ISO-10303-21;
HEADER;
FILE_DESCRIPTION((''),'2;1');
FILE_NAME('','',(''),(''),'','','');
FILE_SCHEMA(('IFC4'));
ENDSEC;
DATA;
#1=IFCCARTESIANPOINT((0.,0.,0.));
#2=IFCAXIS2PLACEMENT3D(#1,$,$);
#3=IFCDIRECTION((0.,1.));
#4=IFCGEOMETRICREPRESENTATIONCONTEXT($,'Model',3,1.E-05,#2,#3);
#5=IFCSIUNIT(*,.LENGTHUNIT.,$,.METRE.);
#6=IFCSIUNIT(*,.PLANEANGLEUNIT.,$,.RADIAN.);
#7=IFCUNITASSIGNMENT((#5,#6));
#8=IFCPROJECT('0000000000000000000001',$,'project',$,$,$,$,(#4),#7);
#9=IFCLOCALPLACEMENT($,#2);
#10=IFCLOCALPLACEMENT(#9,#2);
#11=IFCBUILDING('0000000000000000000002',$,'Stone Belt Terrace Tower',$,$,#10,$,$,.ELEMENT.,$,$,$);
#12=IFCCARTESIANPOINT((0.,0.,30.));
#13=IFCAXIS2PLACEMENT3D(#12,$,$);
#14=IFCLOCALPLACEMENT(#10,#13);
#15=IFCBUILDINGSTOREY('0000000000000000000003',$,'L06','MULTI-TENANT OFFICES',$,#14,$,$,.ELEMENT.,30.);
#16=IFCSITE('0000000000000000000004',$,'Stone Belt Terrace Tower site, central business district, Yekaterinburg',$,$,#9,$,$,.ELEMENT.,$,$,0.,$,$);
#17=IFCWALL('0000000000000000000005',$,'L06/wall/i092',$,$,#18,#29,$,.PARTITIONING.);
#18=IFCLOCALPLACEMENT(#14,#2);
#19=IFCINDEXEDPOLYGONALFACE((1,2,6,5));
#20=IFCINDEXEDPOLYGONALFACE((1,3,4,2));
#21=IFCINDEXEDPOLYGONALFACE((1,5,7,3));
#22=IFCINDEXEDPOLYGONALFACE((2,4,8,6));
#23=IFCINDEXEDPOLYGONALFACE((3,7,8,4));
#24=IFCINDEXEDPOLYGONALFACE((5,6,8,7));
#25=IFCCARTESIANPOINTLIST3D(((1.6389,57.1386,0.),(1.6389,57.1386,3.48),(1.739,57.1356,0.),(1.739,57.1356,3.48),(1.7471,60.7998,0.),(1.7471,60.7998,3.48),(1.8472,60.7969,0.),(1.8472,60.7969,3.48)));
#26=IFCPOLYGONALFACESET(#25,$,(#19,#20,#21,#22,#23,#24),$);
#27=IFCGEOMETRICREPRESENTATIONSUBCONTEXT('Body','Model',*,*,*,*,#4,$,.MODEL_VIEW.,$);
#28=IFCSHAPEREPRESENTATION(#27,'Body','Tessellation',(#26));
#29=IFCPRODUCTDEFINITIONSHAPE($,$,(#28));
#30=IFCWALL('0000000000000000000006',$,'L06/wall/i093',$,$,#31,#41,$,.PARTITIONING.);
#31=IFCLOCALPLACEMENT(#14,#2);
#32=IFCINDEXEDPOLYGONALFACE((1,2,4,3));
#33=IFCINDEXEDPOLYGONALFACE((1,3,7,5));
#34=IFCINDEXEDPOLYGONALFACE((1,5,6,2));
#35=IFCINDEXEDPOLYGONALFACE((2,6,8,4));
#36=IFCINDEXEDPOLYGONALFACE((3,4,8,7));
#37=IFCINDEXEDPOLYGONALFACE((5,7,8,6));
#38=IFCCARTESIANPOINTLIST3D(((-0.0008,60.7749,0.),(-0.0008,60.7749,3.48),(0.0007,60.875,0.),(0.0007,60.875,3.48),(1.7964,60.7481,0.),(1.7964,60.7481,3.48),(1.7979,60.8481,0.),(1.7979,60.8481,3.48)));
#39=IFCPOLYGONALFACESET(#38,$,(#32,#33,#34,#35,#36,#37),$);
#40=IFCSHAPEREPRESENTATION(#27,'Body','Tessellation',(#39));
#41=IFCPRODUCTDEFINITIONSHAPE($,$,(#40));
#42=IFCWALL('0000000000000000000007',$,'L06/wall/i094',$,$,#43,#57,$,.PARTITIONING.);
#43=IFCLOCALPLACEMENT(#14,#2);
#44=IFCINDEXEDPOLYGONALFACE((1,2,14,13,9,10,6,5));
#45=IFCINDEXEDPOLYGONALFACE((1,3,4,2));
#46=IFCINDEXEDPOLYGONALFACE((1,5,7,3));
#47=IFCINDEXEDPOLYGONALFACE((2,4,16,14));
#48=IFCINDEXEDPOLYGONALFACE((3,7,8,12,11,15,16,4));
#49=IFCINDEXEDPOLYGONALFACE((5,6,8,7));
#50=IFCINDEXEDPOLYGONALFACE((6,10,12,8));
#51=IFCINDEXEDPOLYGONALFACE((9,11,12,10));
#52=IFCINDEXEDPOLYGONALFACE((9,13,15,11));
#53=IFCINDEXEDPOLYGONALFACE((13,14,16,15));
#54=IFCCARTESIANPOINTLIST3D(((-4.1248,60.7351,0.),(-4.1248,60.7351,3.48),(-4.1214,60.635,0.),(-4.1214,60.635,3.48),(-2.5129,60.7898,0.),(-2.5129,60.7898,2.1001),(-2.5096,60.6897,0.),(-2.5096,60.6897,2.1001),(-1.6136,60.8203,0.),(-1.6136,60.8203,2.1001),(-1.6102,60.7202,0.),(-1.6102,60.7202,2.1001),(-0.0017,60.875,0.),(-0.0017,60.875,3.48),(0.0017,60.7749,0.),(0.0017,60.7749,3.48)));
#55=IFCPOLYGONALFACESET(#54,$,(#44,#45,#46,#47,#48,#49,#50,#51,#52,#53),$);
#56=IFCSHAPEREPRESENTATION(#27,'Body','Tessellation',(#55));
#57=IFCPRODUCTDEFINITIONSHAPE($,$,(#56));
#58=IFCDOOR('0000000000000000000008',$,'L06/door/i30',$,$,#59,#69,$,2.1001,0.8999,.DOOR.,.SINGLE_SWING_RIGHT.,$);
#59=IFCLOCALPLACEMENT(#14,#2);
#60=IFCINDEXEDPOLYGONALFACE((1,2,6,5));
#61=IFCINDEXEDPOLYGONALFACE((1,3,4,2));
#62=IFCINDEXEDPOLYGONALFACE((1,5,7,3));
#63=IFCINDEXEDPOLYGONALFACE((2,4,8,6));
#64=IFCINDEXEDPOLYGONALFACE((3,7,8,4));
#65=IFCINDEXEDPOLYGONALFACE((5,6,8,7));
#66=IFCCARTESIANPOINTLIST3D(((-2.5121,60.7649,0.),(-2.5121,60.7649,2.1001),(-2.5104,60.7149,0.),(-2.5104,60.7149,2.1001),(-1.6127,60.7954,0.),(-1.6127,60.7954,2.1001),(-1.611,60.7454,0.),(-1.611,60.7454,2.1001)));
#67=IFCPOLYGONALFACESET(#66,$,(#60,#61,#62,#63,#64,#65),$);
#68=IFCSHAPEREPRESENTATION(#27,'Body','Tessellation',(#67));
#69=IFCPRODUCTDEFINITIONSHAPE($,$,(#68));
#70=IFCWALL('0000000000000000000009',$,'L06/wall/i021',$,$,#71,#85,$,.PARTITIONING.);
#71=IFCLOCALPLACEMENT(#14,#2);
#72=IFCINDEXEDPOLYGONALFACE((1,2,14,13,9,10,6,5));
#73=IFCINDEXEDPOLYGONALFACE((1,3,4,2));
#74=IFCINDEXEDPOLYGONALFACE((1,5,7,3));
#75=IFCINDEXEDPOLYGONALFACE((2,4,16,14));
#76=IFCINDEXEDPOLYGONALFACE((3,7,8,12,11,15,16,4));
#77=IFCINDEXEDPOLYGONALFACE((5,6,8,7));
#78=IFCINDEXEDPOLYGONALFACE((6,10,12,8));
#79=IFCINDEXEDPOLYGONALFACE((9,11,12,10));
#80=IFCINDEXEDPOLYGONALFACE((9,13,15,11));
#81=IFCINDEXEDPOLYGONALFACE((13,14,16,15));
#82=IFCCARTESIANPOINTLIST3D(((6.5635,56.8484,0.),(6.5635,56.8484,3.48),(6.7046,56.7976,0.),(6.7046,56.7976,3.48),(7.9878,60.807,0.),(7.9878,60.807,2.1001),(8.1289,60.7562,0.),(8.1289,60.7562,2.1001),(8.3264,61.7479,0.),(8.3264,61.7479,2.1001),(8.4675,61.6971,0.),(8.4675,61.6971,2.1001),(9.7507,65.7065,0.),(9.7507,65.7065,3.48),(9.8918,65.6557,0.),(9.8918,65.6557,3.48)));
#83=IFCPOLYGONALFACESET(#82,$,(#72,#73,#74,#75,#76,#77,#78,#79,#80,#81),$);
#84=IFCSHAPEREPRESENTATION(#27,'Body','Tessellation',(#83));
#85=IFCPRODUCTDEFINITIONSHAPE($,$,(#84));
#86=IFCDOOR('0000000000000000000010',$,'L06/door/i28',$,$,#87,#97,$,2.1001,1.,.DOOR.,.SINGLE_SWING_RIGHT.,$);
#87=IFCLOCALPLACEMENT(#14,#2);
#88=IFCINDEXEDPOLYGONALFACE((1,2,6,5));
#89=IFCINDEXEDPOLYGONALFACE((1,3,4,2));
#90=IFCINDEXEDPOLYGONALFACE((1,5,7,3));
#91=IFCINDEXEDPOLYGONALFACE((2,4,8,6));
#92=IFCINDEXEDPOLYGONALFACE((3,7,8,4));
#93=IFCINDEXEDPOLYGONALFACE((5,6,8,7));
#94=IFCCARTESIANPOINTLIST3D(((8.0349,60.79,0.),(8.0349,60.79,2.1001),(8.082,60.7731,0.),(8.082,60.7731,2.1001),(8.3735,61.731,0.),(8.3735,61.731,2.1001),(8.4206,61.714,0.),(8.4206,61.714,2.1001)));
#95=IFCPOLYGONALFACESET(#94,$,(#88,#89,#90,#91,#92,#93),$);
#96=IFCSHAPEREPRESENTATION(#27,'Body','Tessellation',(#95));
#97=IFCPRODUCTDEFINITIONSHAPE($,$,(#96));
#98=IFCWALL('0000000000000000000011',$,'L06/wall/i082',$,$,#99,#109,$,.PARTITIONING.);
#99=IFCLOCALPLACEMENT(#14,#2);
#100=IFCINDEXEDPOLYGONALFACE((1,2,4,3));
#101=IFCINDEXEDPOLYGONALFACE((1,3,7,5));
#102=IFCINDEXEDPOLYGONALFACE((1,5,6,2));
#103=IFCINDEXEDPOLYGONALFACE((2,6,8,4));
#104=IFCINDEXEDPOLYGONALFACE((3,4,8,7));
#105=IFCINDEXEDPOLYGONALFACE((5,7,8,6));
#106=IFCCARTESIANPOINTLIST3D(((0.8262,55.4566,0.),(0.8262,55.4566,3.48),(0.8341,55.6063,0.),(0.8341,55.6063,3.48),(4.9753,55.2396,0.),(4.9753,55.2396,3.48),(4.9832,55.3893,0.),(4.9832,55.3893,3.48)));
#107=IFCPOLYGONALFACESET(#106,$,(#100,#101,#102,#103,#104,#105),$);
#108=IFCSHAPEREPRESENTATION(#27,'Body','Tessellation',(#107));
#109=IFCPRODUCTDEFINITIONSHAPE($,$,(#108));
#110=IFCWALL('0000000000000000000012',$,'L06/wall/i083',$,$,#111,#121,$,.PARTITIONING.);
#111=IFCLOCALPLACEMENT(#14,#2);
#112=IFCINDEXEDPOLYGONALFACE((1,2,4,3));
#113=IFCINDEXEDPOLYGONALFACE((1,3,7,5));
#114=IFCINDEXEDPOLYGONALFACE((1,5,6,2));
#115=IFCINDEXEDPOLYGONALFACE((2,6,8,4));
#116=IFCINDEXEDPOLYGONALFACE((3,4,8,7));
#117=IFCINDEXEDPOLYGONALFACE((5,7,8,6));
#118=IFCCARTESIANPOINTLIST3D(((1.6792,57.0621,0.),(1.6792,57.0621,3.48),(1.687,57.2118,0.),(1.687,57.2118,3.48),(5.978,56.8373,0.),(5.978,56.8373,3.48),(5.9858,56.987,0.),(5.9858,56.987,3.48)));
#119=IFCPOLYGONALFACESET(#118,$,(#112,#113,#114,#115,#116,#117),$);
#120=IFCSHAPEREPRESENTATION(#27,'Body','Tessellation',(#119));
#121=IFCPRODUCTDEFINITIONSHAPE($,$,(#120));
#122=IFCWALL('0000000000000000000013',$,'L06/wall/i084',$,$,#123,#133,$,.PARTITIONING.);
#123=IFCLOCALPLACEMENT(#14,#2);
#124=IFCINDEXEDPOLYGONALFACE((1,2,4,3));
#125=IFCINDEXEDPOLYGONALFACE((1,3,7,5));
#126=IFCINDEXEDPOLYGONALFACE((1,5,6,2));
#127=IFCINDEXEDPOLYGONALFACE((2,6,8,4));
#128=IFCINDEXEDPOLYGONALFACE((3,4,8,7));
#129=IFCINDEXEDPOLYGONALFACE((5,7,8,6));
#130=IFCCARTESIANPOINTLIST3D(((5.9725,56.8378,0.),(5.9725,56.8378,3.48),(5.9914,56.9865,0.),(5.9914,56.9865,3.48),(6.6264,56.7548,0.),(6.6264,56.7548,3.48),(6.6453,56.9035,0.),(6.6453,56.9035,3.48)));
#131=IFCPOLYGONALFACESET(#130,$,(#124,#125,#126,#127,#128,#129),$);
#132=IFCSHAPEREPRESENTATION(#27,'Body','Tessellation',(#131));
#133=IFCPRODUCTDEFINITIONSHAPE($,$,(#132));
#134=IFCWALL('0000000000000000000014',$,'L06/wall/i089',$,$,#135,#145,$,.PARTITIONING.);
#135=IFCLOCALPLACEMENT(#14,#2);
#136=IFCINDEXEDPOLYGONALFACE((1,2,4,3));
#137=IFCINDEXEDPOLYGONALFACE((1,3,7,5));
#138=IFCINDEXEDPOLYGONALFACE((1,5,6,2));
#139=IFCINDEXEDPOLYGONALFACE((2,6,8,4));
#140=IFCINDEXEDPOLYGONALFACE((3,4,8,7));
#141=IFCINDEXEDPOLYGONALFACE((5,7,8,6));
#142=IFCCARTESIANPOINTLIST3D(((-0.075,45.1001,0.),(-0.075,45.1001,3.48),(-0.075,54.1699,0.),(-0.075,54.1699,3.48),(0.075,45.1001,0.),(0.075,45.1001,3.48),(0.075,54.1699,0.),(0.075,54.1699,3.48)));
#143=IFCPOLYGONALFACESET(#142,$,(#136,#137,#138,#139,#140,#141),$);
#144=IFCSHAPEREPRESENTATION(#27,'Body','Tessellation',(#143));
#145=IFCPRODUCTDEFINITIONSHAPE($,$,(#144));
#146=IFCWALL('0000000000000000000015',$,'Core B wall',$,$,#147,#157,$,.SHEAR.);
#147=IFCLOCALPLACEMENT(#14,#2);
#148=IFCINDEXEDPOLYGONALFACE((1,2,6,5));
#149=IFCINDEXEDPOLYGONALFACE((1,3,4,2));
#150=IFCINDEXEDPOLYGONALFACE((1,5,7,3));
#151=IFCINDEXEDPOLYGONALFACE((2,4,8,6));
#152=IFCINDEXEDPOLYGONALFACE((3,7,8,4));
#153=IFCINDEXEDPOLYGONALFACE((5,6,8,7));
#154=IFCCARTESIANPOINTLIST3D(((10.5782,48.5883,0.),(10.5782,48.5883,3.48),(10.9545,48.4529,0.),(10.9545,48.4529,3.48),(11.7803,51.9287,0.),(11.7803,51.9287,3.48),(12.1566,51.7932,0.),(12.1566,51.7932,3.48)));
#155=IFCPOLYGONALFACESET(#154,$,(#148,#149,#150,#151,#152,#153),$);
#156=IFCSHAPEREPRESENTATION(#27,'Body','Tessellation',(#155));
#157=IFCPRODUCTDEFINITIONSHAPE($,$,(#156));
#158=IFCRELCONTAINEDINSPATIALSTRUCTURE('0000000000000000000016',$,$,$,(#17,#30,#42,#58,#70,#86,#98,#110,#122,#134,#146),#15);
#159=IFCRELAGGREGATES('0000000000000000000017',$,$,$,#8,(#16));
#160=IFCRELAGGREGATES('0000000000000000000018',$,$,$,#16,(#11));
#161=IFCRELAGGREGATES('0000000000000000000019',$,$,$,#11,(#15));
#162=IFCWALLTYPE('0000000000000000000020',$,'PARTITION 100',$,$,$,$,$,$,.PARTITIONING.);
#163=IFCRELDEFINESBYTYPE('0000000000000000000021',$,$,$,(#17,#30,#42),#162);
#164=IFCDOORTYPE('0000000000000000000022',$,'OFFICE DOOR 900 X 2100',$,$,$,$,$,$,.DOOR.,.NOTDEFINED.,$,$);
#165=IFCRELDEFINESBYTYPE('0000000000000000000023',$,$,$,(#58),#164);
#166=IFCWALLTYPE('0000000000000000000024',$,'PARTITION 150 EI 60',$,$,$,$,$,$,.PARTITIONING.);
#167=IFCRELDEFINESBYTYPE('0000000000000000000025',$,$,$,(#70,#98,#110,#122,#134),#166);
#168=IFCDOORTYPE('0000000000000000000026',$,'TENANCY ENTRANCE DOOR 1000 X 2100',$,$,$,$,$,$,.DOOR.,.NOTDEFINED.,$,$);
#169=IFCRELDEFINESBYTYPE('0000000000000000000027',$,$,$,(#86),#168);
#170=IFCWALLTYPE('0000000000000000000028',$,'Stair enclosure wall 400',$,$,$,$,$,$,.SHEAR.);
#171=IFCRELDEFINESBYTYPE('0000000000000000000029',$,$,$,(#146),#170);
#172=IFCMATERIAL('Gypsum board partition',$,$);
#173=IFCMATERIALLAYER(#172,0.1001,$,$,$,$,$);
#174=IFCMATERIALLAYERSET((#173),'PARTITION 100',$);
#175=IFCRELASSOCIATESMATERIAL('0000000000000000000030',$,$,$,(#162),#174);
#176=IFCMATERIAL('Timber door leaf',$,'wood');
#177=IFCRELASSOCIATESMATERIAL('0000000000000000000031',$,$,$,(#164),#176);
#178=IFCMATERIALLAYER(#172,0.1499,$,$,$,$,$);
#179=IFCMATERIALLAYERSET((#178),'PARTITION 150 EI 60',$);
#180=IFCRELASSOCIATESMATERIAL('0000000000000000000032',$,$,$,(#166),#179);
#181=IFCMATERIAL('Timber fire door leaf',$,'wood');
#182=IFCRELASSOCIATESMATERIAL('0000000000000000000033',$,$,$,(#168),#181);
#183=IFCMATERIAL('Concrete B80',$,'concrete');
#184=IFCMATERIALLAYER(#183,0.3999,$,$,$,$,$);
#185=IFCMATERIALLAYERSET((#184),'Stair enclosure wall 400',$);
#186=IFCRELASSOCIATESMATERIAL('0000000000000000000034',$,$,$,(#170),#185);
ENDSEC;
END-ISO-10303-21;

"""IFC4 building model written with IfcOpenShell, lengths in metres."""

from ifc_helpers import new_model, si_unit, direction, frame, frame_2d, origin, place, context, subcontext, project, spatial, rectangle, extrude, material, layer, layer_set, type_object, element, fill, save


model = new_model("IFC4")

# Units and contexts
model_context = context("Model", 3, precision=1e-05, world=origin(), true_north=direction((0.0, 1.0)))
body_context = subcontext(model_context, "Body", "Model", "MODEL_VIEW")
ifc_project = project(units=[si_unit("LENGTHUNIT", "METRE"), si_unit("PLANEANGLEUNIT", "RADIAN")], contexts=[model_context])

# Site, building, storey
site_placement = place(None, origin())
site = spatial("IfcSite", under=ifc_project, at=site_placement, Name="Stone Belt Terrace Tower site, central business district, Yekaterinburg", CompositionType="ELEMENT", RefElevation=0.0)
building_placement = place(site_placement, origin())
building = spatial("IfcBuilding", under=site, at=building_placement, Name="Stone Belt Terrace Tower", CompositionType="ELEMENT")
storey_placement = place(building_placement, frame((0.0, 0.0, 30.0)))
storey = spatial("IfcBuildingStorey", under=building, at=storey_placement, Name="L06", Description="MULTI-TENANT OFFICES", CompositionType="ELEMENT", Elevation=30.0)

# Shared definitions
ifc_material_1 = material(Name="Concrete B80", Category="concrete")

# Shared definitions
ifc_material_2 = material(Name="Timber door leaf", Category="wood")

# Walls
ifc_material_3 = material(Name="Gypsum board partition")
ifc_layer_1 = layer(ifc_material_3, 0.1001)
ifc_layer_set_1 = layer_set([ifc_layer_1], Name="PARTITION 100")
wall_type_1 = type_object("IfcWallType", Name="PARTITION 100", PredefinedType="PARTITIONING", material=ifc_layer_set_1)
wall_1_placement = place(storey_placement, frame((1.689, 57.137, 0.0), z_axis=(0.0, 0.0, 1.0), x_axis=(0.029528, 0.999564, 0.0)))
element("IfcWall", 1, at=wall_1_placement, inside=storey, type_object=wall_type_1, Name="L06/wall/i092", PredefinedType="PARTITIONING", context=body_context, shape_type="SweptSolid", body=[
    extrude(rectangle(XDim=3.6628, YDim=0.1001, at=frame_2d((1.8315, 0.0))), origin(), (0.0, 0.0, 1.0), 3.48),
])
wall_2_placement = place(storey_placement, frame((1.7971, 60.7981, 0.0), z_axis=(0.0, 0.0, 1.0), x_axis=(-0.999888, 0.014942, 0.0)))
element("IfcWall", 2, at=wall_2_placement, inside=storey, type_object=wall_type_1, Name="L06/wall/i093", PredefinedType="PARTITIONING", context=body_context, shape_type="SweptSolid", body=[
    extrude(rectangle(XDim=1.7974, YDim=0.1001, at=frame_2d((0.8987, 0.0))), origin(), (0.0, 0.0, 1.0), 3.48),
])

# Walls, openings, doors
wall_3_placement = place(storey_placement, frame((0.0, 60.825, 0.0), z_axis=(0.0, 0.0, 1.0), x_axis=(-0.999425, -0.03391, 0.0)))
wall_3 = element("IfcWall", 3, at=wall_3_placement, inside=storey, type_object=wall_type_1, Name="L06/wall/i094", PredefinedType="PARTITIONING", context=body_context, shape_type="SweptSolid", body=[
    extrude(rectangle(XDim=4.1255, YDim=0.1001, at=frame_2d((2.0627, 0.0))), origin(), (0.0, 0.0, 1.0), 3.48),
])
opening_1_placement = place(wall_3_placement, frame((1.6128, 0.0, 0.0)))
opening_1 = element("IfcOpeningElement", 4, at=opening_1_placement, cuts=wall_3, PredefinedType="OPENING", context=body_context, shape_type="SweptSolid", body=[
    extrude(rectangle(XDim=0.8999, YDim=2.1001, at=frame_2d((0.45, 1.05))), frame((0.0, 0.0601, 0.0), z_axis=(0.0, -1.0, 0.0), x_axis=(1.0, 0.0, 0.0)), (0.0, 0.0, 1.0), 0.1201),
])
door_type_1 = type_object("IfcDoorType", Name="OFFICE DOOR 900 X 2100", OperationType="NOTDEFINED", PredefinedType="DOOR", material=ifc_material_2)
door_1_placement = place(opening_1_placement, origin())
door_1 = element("IfcDoor", 5, at=door_1_placement, inside=storey, type_object=door_type_1, Name="L06/door/i30", OperationType="SINGLE_SWING_RIGHT", OverallHeight=2.1001, OverallWidth=0.8999, PredefinedType="DOOR", context=body_context, shape_type="SweptSolid", body=[
    extrude(rectangle(XDim=0.8999, YDim=2.1001, at=frame_2d((0.45, 1.05))), frame((0.0, 0.0249, 0.0), z_axis=(0.0, -1.0, 0.0), x_axis=(1.0, 0.0, 0.0)), (0.0, 0.0, 1.0), 0.05),
])
fill(opening_1, door_1)
ifc_layer_2 = layer(ifc_material_3, 0.1499)
ifc_layer_set_2 = layer_set([ifc_layer_2], Name="PARTITION 150 EI 60")
wall_type_2 = type_object("IfcWallType", Name="PARTITION 150 EI 60", PredefinedType="PARTITIONING", material=ifc_layer_set_2)
wall_4_placement = place(storey_placement, frame((6.634, 56.823, 0.0), z_axis=(0.0, 0.0, 1.0), x_axis=(0.338562, 0.940944, 0.0)))
wall_4 = element("IfcWall", 6, at=wall_4_placement, inside=storey, type_object=wall_type_2, Name="L06/wall/i021", PredefinedType="PARTITIONING", context=body_context, shape_type="SweptSolid", body=[
    extrude(rectangle(XDim=9.4141, YDim=0.1499, at=frame_2d((4.707, 0.0))), origin(), (0.0, 0.0, 1.0), 3.48),
])
opening_2_placement = place(wall_4_placement, frame((4.207, 0.0, 0.0)))
opening_2 = element("IfcOpeningElement", 7, at=opening_2_placement, cuts=wall_4, PredefinedType="OPENING", context=body_context, shape_type="SweptSolid", body=[
    extrude(rectangle(XDim=1.0, YDim=2.1001, at=frame_2d((0.5, 1.05))), frame((0.0, 0.085, 0.0), z_axis=(0.0, -1.0, 0.0), x_axis=(1.0, 0.0, 0.0)), (0.0, 0.0, 1.0), 0.1699),
])
ifc_material_4 = material(Name="Timber fire door leaf", Category="wood")
door_type_2 = type_object("IfcDoorType", Name="TENANCY ENTRANCE DOOR 1000 X 2100", OperationType="NOTDEFINED", PredefinedType="DOOR", material=ifc_material_4)
door_2_placement = place(opening_2_placement, origin())
door_2 = element("IfcDoor", 8, at=door_2_placement, inside=storey, type_object=door_type_2, Name="L06/door/i28", OperationType="SINGLE_SWING_RIGHT", OverallHeight=2.1001, OverallWidth=1.0, PredefinedType="DOOR", context=body_context, shape_type="SweptSolid", body=[
    extrude(rectangle(XDim=1.0, YDim=2.1001, at=frame_2d((0.5, 1.05))), frame((0.0, 0.0249, 0.0), z_axis=(0.0, -1.0, 0.0), x_axis=(1.0, 0.0, 0.0)), (0.0, 0.0, 1.0), 0.05),
])
fill(opening_2, door_2)

# Walls
wall_5_placement = place(storey_placement, frame((4.9792, 55.3145, 0.0), z_axis=(0.0, 0.0, 1.0), x_axis=(-0.998635, 0.052238, 0.0)))
element("IfcWall", 9, at=wall_5_placement, inside=storey, type_object=wall_type_2, Name="L06/wall/i082", PredefinedType="PARTITIONING", context=body_context, shape_type="SweptSolid", body=[
    extrude(rectangle(XDim=4.1548, YDim=0.1499, at=frame_2d((2.0774, 0.0))), origin(), (0.0, 0.0, 1.0), 3.48),
])
wall_6_placement = place(storey_placement, frame((1.6831, 57.137, 0.0), z_axis=(0.0, 0.0, 1.0), x_axis=(0.998635, -0.052234, 0.0)))
element("IfcWall", 10, at=wall_6_placement, inside=storey, type_object=wall_type_2, Name="L06/wall/i083", PredefinedType="PARTITIONING", context=body_context, shape_type="SweptSolid", body=[
    extrude(rectangle(XDim=4.3047, YDim=0.1499, at=frame_2d((2.1523, 0.0))), origin(), (0.0, 0.0, 1.0), 3.48),
])
wall_7_placement = place(storey_placement, frame((5.9819, 56.9121, 0.0), z_axis=(0.0, 0.0, 1.0), x_axis=(0.992043, -0.125903, 0.0)))
element("IfcWall", 11, at=wall_7_placement, inside=storey, type_object=wall_type_2, Name="L06/wall/i084", PredefinedType="PARTITIONING", context=body_context, shape_type="SweptSolid", body=[
    extrude(rectangle(XDim=0.6592, YDim=0.1499, at=frame_2d((0.3296, 0.0))), origin(), (0.0, 0.0, 1.0), 3.48),
])
wall_8_placement = place(storey_placement, frame((0.0, 54.1699, 0.0), z_axis=(0.0, 0.0, 1.0), x_axis=(0.0, -1.0, 0.0)))
element("IfcWall", 12, at=wall_8_placement, inside=storey, type_object=wall_type_2, Name="L06/wall/i089", PredefinedType="PARTITIONING", context=body_context, shape_type="SweptSolid", body=[
    extrude(rectangle(XDim=9.0698, YDim=0.1499, at=frame_2d((4.5349, 0.0))), origin(), (0.0, 0.0, 1.0), 3.48),
])
ifc_layer_3 = layer(ifc_material_1, 0.3999)
ifc_layer_set_3 = layer_set([ifc_layer_3], Name="Stair enclosure wall 400")
wall_type_3 = type_object("IfcWallType", Name="Stair enclosure wall 400", PredefinedType="SHEAR", material=ifc_layer_set_3)
wall_9_placement = place(storey_placement, frame((10.7664, 48.5208, 0.0), z_axis=(0.0, 0.0, 1.0), x_axis=(0.338627, 0.940921, 0.0)))
element("IfcWall", 13, at=wall_9_placement, inside=storey, type_object=wall_type_3, Name="Core B wall", PredefinedType="SHEAR", context=body_context, shape_type="SweptSolid", body=[
    extrude(rectangle(XDim=3.55, YDim=0.3999, at=frame_2d((1.7749, 0.0))), origin(), (0.0, 0.0, 1.0), 3.48),
])

save(model, "model.ifc")
